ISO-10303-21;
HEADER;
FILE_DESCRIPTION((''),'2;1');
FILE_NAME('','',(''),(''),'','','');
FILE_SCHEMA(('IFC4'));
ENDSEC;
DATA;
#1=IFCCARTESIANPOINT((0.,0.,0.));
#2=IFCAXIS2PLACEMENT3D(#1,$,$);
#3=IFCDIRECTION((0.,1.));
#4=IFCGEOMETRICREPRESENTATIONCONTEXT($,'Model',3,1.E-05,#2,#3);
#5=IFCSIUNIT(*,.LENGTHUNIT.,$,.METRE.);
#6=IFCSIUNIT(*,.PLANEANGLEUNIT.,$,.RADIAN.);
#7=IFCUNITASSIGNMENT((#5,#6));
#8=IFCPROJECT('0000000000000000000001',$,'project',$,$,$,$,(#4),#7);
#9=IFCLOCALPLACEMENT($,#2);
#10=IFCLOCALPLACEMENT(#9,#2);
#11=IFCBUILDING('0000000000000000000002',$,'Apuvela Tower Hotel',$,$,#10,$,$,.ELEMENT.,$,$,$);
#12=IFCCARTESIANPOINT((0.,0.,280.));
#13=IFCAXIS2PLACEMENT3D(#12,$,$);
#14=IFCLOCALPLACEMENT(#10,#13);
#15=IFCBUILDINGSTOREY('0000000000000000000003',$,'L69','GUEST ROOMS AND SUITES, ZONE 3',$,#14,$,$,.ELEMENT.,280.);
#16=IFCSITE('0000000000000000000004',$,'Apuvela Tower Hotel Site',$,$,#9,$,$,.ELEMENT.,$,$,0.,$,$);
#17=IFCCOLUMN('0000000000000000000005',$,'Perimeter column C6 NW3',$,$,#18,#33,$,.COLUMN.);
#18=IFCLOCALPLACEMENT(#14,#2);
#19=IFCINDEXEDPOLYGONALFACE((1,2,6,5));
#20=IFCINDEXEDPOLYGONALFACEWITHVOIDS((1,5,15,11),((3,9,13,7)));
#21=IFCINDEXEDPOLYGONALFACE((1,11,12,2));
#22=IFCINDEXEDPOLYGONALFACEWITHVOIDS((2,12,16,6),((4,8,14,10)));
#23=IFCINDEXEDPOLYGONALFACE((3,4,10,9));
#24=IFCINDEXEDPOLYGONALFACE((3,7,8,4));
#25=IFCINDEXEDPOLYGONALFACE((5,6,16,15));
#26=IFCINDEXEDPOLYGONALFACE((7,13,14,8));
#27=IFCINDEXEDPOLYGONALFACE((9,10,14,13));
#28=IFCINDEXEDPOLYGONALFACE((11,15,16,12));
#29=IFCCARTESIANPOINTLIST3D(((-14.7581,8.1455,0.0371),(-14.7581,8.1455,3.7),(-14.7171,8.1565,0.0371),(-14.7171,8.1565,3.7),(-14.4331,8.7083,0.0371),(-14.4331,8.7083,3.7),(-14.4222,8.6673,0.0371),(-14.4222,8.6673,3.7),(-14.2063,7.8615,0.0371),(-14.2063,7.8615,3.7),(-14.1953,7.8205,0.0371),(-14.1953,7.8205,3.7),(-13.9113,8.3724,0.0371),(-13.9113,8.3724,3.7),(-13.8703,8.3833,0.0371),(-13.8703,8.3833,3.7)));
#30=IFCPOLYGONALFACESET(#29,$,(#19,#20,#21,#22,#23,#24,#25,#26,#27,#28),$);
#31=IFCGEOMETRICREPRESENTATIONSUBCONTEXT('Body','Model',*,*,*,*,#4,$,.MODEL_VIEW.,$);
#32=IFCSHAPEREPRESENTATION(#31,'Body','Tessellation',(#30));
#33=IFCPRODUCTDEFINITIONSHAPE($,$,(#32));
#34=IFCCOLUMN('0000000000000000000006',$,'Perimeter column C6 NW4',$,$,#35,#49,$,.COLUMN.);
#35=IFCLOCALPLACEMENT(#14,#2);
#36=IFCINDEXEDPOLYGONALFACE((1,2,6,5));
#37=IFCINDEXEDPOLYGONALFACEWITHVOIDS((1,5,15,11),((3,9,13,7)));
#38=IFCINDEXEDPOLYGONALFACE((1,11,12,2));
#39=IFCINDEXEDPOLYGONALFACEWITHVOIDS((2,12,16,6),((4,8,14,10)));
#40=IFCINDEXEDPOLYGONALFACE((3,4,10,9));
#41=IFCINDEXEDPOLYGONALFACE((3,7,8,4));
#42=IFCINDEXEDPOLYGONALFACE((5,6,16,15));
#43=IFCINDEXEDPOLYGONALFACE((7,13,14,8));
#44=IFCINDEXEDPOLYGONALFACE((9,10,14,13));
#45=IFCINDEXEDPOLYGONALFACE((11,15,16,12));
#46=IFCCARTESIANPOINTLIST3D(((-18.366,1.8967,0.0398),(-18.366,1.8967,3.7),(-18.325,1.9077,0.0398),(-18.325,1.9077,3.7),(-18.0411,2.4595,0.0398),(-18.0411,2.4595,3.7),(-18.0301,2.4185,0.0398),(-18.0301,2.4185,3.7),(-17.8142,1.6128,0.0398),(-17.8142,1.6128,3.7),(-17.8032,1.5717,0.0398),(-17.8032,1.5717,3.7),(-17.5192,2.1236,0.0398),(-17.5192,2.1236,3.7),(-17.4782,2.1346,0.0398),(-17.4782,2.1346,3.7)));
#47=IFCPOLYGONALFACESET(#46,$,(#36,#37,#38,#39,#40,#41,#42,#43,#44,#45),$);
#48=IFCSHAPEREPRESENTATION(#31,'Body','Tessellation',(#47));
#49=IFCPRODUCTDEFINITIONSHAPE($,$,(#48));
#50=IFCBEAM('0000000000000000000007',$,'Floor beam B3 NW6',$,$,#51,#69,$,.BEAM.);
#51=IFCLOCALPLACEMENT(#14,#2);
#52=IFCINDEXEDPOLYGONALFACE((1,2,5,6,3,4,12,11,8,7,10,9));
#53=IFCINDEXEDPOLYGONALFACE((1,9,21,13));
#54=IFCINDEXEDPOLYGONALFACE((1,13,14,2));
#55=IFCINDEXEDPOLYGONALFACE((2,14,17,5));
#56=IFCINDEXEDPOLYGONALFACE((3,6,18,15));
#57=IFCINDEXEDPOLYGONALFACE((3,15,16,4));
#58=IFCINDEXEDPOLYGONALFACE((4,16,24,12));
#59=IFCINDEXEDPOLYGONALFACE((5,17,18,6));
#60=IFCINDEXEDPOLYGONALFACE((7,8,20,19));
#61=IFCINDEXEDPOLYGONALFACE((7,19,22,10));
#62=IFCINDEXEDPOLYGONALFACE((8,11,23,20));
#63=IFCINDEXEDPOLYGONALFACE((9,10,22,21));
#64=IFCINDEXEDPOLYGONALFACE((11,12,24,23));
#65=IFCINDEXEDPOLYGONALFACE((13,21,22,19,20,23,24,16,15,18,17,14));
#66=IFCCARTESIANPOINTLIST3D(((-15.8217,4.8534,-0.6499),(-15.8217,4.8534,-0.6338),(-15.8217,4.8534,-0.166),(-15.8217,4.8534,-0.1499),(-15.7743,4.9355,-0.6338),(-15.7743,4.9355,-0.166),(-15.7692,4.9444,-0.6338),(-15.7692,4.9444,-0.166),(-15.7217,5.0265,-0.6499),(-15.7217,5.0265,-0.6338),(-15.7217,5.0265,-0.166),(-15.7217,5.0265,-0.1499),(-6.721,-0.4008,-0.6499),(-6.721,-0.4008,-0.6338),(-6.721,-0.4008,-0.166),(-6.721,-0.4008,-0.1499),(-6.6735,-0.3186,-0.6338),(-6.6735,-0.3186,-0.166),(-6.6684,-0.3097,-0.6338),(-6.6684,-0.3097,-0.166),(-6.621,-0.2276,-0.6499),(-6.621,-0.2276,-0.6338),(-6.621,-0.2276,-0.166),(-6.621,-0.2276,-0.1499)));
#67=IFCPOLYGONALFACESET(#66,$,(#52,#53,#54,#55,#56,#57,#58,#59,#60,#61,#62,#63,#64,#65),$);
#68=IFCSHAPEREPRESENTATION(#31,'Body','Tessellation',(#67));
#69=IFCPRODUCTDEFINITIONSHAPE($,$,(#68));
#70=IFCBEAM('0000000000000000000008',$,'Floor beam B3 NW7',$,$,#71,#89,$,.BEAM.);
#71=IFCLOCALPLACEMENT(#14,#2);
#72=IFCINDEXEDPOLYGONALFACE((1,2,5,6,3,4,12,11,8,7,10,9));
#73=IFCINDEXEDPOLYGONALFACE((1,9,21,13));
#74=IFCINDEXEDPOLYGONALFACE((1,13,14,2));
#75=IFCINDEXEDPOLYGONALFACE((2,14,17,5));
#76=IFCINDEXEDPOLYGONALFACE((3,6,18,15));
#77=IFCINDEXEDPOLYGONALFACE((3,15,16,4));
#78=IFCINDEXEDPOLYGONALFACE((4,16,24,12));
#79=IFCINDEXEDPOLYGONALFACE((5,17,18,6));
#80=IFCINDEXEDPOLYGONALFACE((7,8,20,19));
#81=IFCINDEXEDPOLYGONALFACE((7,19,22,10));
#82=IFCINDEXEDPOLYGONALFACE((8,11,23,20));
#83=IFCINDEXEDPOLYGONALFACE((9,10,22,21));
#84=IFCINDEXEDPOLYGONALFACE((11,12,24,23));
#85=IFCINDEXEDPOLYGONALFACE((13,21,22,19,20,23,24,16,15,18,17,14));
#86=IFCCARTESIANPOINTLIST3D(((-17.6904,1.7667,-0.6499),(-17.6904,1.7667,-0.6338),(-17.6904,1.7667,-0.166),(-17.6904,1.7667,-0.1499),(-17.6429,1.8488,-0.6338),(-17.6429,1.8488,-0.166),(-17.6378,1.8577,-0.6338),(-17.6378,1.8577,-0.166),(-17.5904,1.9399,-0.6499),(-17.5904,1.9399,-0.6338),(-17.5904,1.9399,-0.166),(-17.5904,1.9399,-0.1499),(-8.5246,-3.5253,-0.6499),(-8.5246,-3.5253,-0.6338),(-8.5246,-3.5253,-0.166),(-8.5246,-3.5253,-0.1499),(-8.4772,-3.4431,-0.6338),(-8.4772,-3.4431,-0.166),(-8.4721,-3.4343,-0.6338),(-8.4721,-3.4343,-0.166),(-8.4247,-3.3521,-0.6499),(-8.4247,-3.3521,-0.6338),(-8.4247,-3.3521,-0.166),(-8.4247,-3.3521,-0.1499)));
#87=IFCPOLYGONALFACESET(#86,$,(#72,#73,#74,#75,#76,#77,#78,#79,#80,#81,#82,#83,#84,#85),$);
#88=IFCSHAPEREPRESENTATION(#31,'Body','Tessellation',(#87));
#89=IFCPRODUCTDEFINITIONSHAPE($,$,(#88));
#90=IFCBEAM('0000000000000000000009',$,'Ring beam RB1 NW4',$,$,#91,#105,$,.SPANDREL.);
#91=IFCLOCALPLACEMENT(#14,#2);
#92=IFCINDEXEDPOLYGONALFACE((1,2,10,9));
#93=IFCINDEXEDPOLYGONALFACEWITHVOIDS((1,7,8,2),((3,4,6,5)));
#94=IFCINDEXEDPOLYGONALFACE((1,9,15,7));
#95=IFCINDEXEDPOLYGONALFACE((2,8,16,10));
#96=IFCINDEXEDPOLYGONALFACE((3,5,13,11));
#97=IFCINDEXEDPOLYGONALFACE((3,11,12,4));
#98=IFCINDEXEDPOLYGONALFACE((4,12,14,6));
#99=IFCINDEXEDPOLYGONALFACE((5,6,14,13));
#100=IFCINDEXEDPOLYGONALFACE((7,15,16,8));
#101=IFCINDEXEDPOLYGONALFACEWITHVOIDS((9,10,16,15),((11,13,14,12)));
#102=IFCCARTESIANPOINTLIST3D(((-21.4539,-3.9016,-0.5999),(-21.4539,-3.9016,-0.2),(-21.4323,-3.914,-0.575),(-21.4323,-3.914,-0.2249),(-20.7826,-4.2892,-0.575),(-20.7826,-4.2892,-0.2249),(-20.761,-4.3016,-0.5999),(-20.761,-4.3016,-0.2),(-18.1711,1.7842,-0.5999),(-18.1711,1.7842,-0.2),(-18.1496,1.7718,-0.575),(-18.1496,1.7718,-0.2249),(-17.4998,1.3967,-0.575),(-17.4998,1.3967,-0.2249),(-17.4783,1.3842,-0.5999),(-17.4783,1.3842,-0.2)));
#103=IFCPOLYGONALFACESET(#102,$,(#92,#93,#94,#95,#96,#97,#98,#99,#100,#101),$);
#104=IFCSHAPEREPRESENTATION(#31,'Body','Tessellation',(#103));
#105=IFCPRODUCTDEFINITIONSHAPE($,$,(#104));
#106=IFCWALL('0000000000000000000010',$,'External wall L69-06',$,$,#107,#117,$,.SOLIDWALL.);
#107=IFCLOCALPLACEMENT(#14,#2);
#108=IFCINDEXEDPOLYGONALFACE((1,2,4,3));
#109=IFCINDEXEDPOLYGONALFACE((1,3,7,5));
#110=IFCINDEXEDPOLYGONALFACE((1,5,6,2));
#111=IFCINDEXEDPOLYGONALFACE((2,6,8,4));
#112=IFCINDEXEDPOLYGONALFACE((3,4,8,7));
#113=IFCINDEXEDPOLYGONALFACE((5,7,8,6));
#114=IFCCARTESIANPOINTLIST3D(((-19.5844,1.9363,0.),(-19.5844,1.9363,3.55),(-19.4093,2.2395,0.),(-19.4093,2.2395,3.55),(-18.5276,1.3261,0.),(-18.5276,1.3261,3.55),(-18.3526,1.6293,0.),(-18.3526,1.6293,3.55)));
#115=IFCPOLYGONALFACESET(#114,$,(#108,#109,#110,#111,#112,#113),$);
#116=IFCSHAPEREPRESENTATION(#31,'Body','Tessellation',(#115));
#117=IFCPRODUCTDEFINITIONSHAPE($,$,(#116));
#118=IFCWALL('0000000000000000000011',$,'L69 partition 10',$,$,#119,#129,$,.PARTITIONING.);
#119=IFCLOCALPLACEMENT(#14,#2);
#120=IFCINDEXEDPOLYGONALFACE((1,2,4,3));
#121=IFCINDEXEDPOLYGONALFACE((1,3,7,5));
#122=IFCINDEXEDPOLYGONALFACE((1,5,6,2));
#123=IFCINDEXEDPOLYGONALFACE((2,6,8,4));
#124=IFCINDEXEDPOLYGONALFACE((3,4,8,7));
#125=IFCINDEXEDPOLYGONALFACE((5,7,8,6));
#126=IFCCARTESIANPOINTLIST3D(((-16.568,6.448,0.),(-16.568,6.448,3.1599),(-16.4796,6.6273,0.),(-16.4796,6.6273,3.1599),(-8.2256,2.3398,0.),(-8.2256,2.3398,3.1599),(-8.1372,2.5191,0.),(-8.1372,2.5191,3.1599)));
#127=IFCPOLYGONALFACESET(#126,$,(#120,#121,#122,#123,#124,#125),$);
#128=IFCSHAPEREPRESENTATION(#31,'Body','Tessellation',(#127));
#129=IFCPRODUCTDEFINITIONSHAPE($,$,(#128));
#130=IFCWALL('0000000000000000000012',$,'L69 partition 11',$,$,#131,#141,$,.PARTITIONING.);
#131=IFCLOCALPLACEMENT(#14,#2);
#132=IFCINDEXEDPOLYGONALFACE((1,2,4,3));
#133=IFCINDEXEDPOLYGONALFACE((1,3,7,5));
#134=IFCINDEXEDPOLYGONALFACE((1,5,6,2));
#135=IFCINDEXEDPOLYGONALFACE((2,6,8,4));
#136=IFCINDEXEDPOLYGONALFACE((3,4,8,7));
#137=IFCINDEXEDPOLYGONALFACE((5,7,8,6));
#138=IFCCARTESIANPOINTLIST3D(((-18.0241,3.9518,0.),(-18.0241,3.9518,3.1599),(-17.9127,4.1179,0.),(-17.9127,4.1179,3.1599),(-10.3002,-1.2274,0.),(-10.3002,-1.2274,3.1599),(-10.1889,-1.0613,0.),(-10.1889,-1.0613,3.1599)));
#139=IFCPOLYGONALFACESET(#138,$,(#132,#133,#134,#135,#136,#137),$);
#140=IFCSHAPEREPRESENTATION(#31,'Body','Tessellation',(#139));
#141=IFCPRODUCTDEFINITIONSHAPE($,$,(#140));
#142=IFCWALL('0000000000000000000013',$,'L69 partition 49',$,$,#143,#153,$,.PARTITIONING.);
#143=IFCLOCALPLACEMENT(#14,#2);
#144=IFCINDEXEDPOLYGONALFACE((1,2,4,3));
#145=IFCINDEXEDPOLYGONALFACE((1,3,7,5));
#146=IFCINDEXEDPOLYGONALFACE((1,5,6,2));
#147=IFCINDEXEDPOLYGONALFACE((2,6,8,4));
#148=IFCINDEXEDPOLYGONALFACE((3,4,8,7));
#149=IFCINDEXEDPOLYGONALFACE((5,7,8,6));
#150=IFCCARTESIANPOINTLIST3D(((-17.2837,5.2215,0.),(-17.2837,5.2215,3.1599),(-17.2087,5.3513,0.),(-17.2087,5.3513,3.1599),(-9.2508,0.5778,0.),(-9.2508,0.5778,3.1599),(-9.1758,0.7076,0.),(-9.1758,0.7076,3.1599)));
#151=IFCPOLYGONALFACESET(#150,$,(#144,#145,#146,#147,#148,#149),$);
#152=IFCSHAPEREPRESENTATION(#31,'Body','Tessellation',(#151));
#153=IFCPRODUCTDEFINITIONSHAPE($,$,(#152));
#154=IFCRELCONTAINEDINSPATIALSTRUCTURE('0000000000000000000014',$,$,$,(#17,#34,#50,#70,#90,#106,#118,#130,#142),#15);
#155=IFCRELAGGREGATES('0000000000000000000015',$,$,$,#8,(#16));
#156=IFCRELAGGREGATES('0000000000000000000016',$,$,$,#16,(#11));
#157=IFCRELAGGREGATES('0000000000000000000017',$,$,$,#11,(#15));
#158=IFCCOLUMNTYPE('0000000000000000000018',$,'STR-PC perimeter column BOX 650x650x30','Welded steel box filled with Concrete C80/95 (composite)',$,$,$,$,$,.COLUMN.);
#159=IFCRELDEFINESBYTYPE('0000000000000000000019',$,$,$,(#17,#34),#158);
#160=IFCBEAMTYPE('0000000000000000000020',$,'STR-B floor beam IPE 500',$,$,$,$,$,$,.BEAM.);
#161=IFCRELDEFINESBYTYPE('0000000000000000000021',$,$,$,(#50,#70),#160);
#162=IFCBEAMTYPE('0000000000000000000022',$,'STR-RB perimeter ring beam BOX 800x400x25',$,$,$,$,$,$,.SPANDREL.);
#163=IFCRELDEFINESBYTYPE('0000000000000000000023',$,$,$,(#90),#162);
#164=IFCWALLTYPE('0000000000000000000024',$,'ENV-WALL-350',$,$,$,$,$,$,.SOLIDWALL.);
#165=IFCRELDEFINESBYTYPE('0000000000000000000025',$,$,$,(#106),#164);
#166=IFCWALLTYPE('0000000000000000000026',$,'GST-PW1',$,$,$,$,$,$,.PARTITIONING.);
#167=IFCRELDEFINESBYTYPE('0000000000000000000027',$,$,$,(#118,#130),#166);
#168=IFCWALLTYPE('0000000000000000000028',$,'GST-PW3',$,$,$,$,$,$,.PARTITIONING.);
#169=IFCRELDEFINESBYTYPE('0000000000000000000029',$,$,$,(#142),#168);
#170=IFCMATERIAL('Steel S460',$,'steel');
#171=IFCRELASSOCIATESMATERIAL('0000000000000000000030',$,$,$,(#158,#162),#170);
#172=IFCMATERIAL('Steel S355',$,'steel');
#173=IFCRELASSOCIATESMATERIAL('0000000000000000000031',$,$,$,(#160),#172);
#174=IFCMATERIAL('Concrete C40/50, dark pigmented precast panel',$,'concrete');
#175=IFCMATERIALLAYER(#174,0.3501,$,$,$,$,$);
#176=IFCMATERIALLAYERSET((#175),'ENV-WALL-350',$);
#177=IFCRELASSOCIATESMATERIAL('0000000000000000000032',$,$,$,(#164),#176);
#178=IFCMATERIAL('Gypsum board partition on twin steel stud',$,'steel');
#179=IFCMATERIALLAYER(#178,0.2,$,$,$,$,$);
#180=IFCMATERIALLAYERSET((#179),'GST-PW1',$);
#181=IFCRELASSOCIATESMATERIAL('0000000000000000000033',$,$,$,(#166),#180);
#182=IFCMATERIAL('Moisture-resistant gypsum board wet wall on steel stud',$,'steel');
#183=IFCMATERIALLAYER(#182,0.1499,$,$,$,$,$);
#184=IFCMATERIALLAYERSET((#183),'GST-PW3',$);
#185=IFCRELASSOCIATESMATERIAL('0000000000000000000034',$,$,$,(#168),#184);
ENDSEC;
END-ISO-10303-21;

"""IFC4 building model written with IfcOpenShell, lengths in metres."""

from ifc_helpers import new_model, si_unit, direction, frame, frame_2d, origin, origin_2d, place, context, subcontext, project, spatial, rectangle, hollow_rectangle, i_section, extrude, boolean, halfspace, material, layer, layer_set, material_profile, profile_set, type_object, element, save


model = new_model("IFC4")

# Units and contexts
model_context = context("Model", 3, precision=1e-05, world=origin(), true_north=direction((0.0, 1.0)))
body_context = subcontext(model_context, "Body", "Model", "MODEL_VIEW")
ifc_project = project(units=[si_unit("LENGTHUNIT", "METRE"), si_unit("PLANEANGLEUNIT", "RADIAN")], contexts=[model_context])

# Site, building, storey
site_placement = place(None, origin())
site = spatial("IfcSite", under=ifc_project, at=site_placement, Name="Apuvela Tower Hotel Site", CompositionType="ELEMENT", RefElevation=0.0)
building_placement = place(site_placement, origin())
building = spatial("IfcBuilding", under=site, at=building_placement, Name="Apuvela Tower Hotel", CompositionType="ELEMENT")
storey_placement = place(building_placement, frame((0.0, 0.0, 280.0)))
storey = spatial("IfcBuildingStorey", under=building, at=storey_placement, Name="L69", Description="GUEST ROOMS AND SUITES, ZONE 3", CompositionType="ELEMENT", Elevation=280.0)

# Columns
ifc_material_1 = material(Name="Steel S460", Category="steel")
ifc_material_profile_1 = material_profile(ifc_material_1, hollow_rectangle(XDim=0.6499, YDim=0.6499, WallThickness=0.03, at=origin_2d()), Name="BOX 650x650x30")
ifc_material_2 = material(Name="Concrete C80/95", Category="concrete")
ifc_material_profile_2 = material_profile(ifc_material_2, rectangle(XDim=0.5901, YDim=0.5901, at=origin_2d()), Name="Concrete C80/95 infill")
ifc_profile_set_1 = profile_set([ifc_material_profile_1, ifc_material_profile_2], Name="Steel S460")
column_type = type_object("IfcColumnType", Name="STR-PC perimeter column BOX 650x650x30", Description="Welded steel box filled with Concrete C80/95 (composite)", PredefinedType="COLUMN", material=ifc_profile_set_1)
column_1_placement = place(storey_placement, frame((-14.3142, 8.2644, 0.0), z_axis=(0.0, 0.0, 1.0), x_axis=(0.5, 0.866025, 0.0)))
element("IfcColumn", 1, at=column_1_placement, inside=storey, type_object=column_type, Name="Perimeter column C6 NW3", PredefinedType="COLUMN", context=body_context, shape_type="SweptSolid", body=[
    boolean("DIFFERENCE", extrude(hollow_rectangle(XDim=0.6499, YDim=0.6499, WallThickness=0.03, at=origin_2d()), origin(), (0.0, 0.0, 1.0), 3.7), halfspace(frame((0.0, 0.0, 0.0371), z_axis=(0.0, 0.0, 1.0), x_axis=(1.0, 0.0, 0.0)), True)),
])
column_2_placement = place(storey_placement, frame((-17.9221, 2.0156, 0.0), z_axis=(0.0, 0.0, 1.0), x_axis=(0.5, 0.866025, 0.0)))
element("IfcColumn", 2, at=column_2_placement, inside=storey, type_object=column_type, Name="Perimeter column C6 NW4", PredefinedType="COLUMN", context=body_context, shape_type="SweptSolid", body=[
    boolean("DIFFERENCE", extrude(hollow_rectangle(XDim=0.6499, YDim=0.6499, WallThickness=0.03, at=origin_2d()), origin(), (0.0, 0.0, 1.0), 3.7), halfspace(frame((0.0, 0.0, 0.0398), z_axis=(0.0, 0.0, 1.0), x_axis=(1.0, 0.0, 0.0)), True)),
])

# Beams
ifc_material_3 = material(Name="Steel S355", Category="steel")
ifc_material_profile_3 = material_profile(ifc_material_3, i_section(OverallWidth=0.2, OverallDepth=0.5, WebThickness=0.0103, FlangeThickness=0.0161, at=origin_2d()), Name="IPE 500")
ifc_profile_set_2 = profile_set([ifc_material_profile_3], Name="Steel S355")
beam_type_1 = type_object("IfcBeamType", Name="STR-B floor beam IPE 500", PredefinedType="BEAM", material=ifc_profile_set_2)
beam_1_placement = place(storey_placement, frame((-15.7717, 4.9399, -0.3999), z_axis=(0.866034, -0.499985, 0.0), x_axis=(0.499985, 0.866034, 0.0)))
element("IfcBeam", 3, at=beam_1_placement, inside=storey, type_object=beam_type_1, Name="Floor beam B3 NW6", PredefinedType="BEAM", context=body_context, shape_type="SweptSolid", body=[
    extrude(i_section(OverallWidth=0.2, OverallDepth=0.5, WebThickness=0.0103, FlangeThickness=0.0161, at=origin_2d()), origin(), (0.0, 0.0, 1.0), 10.5085),
])
beam_2_placement = place(storey_placement, frame((-17.6404, 1.8533, -0.3999), z_axis=(0.86602, -0.500009, 0.0), x_axis=(0.500009, 0.86602, 0.0)))
element("IfcBeam", 4, at=beam_2_placement, inside=storey, type_object=beam_type_1, Name="Floor beam B3 NW7", PredefinedType="BEAM", context=body_context, shape_type="SweptSolid", body=[
    extrude(i_section(OverallWidth=0.2, OverallDepth=0.5, WebThickness=0.0103, FlangeThickness=0.0161, at=origin_2d()), origin(), (0.0, 0.0, 1.0), 10.5837),
])
ifc_material_profile_4 = material_profile(ifc_material_1, hollow_rectangle(XDim=0.8, YDim=0.3999, WallThickness=0.0249, at=origin_2d()), Name="BOX 800x400x25")
ifc_profile_set_3 = profile_set([ifc_material_profile_4], Name="Steel S460")
beam_type_2 = type_object("IfcBeamType", Name="STR-RB perimeter ring beam BOX 800x400x25", PredefinedType="SPANDREL", material=ifc_profile_set_3)
beam_3_placement = place(storey_placement, frame((-17.8247, 1.5842, -0.3999), z_axis=(-0.500002, -0.866024, 0.0), x_axis=(0.866024, -0.500002, 0.0)))
element("IfcBeam", 5, at=beam_3_placement, inside=storey, type_object=beam_type_2, Name="Ring beam RB1 NW4", PredefinedType="SPANDREL", context=body_context, shape_type="SweptSolid", body=[
    extrude(hollow_rectangle(XDim=0.8, YDim=0.3999, WallThickness=0.0249, at=origin_2d()), origin(), (0.0, 0.0, 1.0), 6.5654),
])

# Shared definitions
ifc_material_4 = material(Name="Concrete C40/50, dark pigmented precast panel", Category="concrete")
ifc_layer_1 = layer(ifc_material_4, 0.3501)
ifc_layer_set_1 = layer_set([ifc_layer_1], Name="ENV-WALL-350")
wall_type_1 = type_object("IfcWallType", Name="ENV-WALL-350", PredefinedType="SOLIDWALL", material=ifc_layer_set_1)

# Wall
wall_1_placement = place(storey_placement, frame((-19.4968, 2.0879, 0.0), z_axis=(0.0, 0.0, 1.0), x_axis=(0.866006, -0.500034, 0.0)))
element("IfcWall", 6, at=wall_1_placement, inside=storey, type_object=wall_type_1, Name="External wall L69-06", PredefinedType="SOLIDWALL", context=body_context, shape_type="SweptSolid", body=[
    extrude(rectangle(XDim=1.2202, YDim=0.3501, at=frame_2d((0.6101, 0.0))), origin(), (0.0, 0.0, 1.0), 3.55),
])

# Walls
ifc_material_5 = material(Name="Gypsum board partition on twin steel stud", Category="steel")
ifc_layer_2 = layer(ifc_material_5, 0.2)
ifc_layer_set_2 = layer_set([ifc_layer_2], Name="GST-PW1")
wall_type_2 = type_object("IfcWallType", Name="GST-PW1", PredefinedType="PARTITIONING", material=ifc_layer_set_2)
wall_2_placement = place(storey_placement, frame((-16.5237, 6.5376, 0.0), z_axis=(0.0, 0.0, 1.0), x_axis=(0.89712, -0.441786, 0.0)))
element("IfcWall", 7, at=wall_2_placement, inside=storey, type_object=wall_type_2, Name="L69 partition 10", PredefinedType="PARTITIONING", context=body_context, shape_type="SweptSolid", body=[
    extrude(rectangle(XDim=9.2991, YDim=0.2, at=frame_2d((4.6494, 0.0))), origin(), (0.0, 0.0, 1.0), 3.1599),
])
wall_3_placement = place(storey_placement, frame((-17.9685, 4.0349, 0.0), z_axis=(0.0, 0.0, 1.0), x_axis=(0.830561, -0.556928, 0.0)))
element("IfcWall", 8, at=wall_3_placement, inside=storey, type_object=wall_type_2, Name="L69 partition 11", PredefinedType="PARTITIONING", context=body_context, shape_type="SweptSolid", body=[
    extrude(rectangle(XDim=9.2996, YDim=0.2, at=frame_2d((4.6499, 0.0))), origin(), (0.0, 0.0, 1.0), 3.1599),
])
ifc_material_6 = material(Name="Moisture-resistant gypsum board wet wall on steel stud", Category="steel")
ifc_layer_3 = layer(ifc_material_6, 0.1499)
ifc_layer_set_3 = layer_set([ifc_layer_3], Name="GST-PW3")
wall_type_3 = type_object("IfcWallType", Name="GST-PW3", PredefinedType="PARTITIONING", material=ifc_layer_set_3)
wall_4_placement = place(storey_placement, frame((-17.2461, 5.2864, 0.0), z_axis=(0.0, 0.0, 1.0), x_axis=(0.865747, -0.500482, 0.0)))
element("IfcWall", 9, at=wall_4_placement, inside=storey, type_object=wall_type_3, Name="L69 partition 49", PredefinedType="PARTITIONING", context=body_context, shape_type="SweptSolid", body=[
    extrude(rectangle(XDim=9.2786, YDim=0.1499, at=frame_2d((4.6392, 0.0))), origin(), (0.0, 0.0, 1.0), 3.1599),
])

save(model, "model.ifc")
